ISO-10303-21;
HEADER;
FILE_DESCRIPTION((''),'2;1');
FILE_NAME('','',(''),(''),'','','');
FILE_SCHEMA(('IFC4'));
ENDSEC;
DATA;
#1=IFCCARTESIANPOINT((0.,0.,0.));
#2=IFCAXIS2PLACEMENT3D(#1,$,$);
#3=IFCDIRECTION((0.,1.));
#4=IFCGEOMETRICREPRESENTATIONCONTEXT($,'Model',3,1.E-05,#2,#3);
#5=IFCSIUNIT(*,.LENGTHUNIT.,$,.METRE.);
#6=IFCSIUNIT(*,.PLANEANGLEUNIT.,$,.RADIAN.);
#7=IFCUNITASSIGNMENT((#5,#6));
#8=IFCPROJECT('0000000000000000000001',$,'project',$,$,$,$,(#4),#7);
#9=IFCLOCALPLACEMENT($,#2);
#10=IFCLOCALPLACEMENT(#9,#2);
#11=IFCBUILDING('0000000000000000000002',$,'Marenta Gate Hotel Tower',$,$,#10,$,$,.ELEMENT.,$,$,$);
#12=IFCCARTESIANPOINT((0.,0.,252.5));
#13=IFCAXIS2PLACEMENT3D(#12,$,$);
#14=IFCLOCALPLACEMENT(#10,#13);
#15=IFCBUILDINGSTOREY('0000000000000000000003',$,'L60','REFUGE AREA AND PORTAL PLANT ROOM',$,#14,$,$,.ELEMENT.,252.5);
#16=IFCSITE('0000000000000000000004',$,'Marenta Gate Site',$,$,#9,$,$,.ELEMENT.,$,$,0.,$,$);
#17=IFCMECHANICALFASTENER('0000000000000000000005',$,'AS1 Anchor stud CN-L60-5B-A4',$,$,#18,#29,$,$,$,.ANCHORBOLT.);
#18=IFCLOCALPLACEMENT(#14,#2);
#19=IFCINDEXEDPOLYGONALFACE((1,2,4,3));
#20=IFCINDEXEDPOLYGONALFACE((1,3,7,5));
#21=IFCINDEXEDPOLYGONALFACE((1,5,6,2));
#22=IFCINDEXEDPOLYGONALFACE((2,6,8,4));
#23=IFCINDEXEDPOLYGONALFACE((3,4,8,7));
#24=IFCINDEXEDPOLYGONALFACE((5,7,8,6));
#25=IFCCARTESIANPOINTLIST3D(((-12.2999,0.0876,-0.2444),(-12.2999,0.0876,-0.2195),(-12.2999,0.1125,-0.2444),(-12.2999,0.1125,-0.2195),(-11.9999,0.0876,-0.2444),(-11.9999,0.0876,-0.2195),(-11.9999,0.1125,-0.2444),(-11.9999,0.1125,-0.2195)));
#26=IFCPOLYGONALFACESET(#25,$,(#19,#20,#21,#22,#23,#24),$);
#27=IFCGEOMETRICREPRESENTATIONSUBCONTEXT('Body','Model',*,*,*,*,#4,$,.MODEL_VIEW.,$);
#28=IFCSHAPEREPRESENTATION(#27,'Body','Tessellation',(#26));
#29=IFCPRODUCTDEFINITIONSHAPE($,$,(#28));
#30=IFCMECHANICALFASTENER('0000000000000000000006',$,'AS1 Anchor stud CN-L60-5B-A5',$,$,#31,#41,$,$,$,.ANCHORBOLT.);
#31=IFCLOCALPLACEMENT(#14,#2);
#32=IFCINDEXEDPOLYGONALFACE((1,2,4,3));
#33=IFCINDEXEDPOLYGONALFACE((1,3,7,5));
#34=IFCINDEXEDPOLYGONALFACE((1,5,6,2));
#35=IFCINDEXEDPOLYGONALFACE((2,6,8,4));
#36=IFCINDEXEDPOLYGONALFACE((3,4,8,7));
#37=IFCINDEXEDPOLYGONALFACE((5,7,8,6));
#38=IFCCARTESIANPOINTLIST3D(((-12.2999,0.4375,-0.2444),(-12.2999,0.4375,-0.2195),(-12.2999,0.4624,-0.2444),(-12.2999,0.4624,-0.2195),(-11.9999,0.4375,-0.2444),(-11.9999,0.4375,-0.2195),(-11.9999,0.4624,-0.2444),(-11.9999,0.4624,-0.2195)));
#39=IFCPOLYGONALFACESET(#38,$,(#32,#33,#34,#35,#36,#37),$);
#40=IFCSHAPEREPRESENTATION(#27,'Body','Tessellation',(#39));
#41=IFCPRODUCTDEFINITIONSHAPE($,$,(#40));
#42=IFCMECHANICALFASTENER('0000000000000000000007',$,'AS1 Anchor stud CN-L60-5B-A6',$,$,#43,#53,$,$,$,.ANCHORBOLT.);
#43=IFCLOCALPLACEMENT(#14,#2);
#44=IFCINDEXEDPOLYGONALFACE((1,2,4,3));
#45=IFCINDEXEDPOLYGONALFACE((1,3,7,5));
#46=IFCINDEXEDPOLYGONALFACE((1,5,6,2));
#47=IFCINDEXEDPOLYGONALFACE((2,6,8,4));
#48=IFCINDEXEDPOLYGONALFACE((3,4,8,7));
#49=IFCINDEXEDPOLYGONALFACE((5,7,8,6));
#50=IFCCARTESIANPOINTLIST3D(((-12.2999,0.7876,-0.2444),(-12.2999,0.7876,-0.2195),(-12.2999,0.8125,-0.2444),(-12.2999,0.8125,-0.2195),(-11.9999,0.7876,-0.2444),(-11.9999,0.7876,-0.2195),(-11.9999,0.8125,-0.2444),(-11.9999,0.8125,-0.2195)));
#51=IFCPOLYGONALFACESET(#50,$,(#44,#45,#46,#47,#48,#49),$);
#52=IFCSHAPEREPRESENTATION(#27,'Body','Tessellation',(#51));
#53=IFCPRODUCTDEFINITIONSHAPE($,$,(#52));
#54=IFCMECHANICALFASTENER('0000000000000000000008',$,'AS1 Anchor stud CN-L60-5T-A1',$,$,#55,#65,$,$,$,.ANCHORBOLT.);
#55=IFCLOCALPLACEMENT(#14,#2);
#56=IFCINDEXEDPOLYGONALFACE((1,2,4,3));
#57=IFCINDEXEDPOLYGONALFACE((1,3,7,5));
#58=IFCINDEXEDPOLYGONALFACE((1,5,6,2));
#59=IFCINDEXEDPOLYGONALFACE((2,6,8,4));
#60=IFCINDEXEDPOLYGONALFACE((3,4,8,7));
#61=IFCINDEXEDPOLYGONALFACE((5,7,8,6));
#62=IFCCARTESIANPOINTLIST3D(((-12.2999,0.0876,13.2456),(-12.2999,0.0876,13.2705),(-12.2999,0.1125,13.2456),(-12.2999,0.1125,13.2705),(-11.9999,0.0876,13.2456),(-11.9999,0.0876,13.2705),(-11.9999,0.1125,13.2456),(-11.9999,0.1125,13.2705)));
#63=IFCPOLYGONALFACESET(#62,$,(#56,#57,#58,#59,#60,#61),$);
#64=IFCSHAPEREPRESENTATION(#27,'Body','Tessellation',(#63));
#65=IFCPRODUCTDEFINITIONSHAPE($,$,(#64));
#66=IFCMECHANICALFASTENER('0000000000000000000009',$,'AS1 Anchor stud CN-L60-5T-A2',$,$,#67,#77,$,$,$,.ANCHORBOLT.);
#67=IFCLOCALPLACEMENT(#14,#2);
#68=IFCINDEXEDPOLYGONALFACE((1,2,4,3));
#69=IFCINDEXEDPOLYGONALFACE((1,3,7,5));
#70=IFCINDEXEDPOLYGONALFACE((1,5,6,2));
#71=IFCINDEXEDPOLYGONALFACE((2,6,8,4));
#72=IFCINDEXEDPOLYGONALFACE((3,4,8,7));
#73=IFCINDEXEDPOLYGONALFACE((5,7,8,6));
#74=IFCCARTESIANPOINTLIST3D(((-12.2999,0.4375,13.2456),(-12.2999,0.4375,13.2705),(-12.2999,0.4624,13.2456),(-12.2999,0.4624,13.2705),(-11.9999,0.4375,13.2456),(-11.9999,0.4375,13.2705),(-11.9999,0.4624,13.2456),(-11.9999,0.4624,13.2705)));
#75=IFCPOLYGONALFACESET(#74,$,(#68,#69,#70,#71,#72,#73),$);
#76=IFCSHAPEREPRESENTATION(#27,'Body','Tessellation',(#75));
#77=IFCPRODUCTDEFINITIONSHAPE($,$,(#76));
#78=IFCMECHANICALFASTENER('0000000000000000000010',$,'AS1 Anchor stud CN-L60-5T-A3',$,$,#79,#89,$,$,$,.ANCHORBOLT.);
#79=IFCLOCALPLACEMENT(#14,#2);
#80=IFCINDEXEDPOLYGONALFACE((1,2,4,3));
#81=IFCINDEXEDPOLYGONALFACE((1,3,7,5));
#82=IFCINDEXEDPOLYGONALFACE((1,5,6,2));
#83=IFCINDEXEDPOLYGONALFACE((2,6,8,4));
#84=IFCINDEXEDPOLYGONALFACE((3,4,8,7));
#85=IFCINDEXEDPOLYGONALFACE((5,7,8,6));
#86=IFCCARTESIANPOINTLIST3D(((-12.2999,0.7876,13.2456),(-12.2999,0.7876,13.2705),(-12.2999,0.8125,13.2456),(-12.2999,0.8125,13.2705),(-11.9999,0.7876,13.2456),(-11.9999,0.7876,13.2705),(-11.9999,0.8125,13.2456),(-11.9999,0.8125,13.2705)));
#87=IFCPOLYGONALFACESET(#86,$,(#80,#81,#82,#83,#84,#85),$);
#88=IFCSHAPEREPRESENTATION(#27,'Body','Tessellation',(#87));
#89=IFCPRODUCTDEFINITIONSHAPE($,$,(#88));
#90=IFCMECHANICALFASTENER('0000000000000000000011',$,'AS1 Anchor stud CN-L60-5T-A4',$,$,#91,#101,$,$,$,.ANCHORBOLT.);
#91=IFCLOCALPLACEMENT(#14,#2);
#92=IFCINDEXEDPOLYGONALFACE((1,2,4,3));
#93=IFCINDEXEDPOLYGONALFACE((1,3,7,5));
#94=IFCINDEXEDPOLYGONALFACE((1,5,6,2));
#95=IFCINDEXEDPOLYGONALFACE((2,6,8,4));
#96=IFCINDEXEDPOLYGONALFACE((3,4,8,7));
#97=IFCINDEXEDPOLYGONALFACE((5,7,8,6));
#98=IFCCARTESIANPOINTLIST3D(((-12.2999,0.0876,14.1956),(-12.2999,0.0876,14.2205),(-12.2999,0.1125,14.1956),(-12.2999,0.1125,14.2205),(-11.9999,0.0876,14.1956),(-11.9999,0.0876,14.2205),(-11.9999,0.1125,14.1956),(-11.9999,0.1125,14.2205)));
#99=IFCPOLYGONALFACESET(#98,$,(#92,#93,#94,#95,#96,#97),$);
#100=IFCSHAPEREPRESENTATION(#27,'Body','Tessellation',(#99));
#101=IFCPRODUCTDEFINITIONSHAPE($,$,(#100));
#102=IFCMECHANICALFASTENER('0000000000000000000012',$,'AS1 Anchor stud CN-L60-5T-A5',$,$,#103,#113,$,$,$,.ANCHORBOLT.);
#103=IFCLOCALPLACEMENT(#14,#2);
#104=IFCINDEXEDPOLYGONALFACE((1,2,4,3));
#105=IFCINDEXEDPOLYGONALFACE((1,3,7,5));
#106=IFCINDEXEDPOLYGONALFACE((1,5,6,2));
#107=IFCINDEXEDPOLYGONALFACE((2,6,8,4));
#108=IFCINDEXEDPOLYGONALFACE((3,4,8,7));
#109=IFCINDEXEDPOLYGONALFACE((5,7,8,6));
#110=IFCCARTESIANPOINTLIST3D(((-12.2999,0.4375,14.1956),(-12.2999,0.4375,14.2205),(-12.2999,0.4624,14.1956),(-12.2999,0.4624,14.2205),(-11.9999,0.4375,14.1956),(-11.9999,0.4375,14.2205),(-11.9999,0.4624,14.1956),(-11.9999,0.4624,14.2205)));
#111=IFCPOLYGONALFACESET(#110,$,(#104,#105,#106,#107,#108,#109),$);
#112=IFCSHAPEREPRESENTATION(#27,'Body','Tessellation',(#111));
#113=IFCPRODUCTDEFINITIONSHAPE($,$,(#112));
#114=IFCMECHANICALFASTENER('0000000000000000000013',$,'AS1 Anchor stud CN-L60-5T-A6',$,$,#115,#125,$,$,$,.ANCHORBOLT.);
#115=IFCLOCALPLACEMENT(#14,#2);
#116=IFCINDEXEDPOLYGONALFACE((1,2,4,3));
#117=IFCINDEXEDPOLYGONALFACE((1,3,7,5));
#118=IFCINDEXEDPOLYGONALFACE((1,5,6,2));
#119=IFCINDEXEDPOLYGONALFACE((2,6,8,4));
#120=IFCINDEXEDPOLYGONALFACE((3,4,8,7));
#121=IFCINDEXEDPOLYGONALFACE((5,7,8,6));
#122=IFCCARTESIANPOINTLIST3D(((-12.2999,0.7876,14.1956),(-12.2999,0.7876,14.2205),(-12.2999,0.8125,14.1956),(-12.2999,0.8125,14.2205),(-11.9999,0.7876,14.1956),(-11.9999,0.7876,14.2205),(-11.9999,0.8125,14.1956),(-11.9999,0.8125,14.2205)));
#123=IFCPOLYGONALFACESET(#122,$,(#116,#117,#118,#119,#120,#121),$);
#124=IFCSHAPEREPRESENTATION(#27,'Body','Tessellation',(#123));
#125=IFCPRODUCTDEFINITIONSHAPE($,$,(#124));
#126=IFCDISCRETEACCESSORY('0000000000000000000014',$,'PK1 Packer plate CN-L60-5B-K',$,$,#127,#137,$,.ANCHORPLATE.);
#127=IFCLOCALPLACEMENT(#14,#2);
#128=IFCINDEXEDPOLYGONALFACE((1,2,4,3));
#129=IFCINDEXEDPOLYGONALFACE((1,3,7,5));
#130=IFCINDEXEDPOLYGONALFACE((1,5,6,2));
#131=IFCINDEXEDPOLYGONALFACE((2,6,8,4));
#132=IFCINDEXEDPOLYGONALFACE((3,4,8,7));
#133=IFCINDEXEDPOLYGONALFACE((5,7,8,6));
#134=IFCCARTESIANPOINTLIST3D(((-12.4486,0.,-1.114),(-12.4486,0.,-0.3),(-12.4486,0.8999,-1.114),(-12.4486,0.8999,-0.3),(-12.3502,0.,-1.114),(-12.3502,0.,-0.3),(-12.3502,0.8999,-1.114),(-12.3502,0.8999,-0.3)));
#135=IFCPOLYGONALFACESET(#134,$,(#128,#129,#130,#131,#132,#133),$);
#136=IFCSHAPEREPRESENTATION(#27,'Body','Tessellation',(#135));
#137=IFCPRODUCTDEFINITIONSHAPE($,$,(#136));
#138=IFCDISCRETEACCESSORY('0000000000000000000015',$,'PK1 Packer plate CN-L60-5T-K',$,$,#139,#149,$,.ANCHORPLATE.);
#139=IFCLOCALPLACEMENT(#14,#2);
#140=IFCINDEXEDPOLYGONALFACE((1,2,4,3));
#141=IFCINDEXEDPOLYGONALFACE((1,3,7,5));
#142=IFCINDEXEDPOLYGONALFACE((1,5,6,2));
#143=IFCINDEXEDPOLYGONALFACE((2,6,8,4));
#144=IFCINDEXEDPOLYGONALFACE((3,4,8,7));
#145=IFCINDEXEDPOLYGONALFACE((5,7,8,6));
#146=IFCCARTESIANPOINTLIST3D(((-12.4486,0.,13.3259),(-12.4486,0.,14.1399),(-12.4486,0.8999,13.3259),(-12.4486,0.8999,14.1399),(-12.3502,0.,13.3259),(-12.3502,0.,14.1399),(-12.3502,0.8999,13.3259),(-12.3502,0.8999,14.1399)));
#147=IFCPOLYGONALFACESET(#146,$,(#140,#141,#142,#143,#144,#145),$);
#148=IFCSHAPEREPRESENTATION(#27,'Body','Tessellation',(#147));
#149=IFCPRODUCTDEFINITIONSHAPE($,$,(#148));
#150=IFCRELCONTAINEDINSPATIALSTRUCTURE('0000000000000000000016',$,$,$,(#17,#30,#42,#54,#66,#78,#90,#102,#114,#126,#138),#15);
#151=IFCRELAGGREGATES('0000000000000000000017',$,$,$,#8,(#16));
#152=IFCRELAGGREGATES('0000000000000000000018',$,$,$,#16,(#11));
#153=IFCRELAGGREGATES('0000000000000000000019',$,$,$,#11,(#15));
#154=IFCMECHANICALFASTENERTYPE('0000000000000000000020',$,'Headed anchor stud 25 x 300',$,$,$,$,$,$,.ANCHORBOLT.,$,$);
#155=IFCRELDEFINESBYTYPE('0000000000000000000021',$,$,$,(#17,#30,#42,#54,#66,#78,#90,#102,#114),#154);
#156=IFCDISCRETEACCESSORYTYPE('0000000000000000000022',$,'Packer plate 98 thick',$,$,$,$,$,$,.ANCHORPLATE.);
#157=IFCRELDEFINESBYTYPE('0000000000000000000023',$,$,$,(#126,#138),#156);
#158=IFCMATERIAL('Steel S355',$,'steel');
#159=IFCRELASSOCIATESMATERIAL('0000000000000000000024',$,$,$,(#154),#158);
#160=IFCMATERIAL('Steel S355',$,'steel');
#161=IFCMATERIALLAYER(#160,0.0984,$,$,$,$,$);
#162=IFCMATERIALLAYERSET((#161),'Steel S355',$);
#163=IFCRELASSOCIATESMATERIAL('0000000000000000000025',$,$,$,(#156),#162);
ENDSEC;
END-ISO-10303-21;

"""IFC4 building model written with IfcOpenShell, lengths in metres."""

from ifc_helpers import new_model, si_unit, direction, frame, origin, origin_2d, place, context, subcontext, project, spatial, rectangle, extrude, material, layer, layer_set, type_object, element, save


model = new_model("IFC4")

# Units and contexts
model_context = context("Model", 3, precision=1e-05, world=origin(), true_north=direction((0.0, 1.0)))
body_context = subcontext(model_context, "Body", "Model", "MODEL_VIEW")
ifc_project = project(units=[si_unit("LENGTHUNIT", "METRE"), si_unit("PLANEANGLEUNIT", "RADIAN")], contexts=[model_context])

# Site, building, storey
site_placement = place(None, origin())
site = spatial("IfcSite", under=ifc_project, at=site_placement, Name="Marenta Gate Site", CompositionType="ELEMENT", RefElevation=0.0)
building_placement = place(site_placement, origin())
building = spatial("IfcBuilding", under=site, at=building_placement, Name="Marenta Gate Hotel Tower", CompositionType="ELEMENT")
storey_placement = place(building_placement, frame((0.0, 0.0, 252.5)))
storey = spatial("IfcBuildingStorey", under=building, at=storey_placement, Name="L60", Description="REFUGE AREA AND PORTAL PLANT ROOM", CompositionType="ELEMENT", Elevation=252.5)

# Mechanical fasteners
ifc_material_1 = material(Name="Steel S355", Category="steel")
mechanical_fastener_type = type_object("IfcMechanicalFastenerType", Name="Headed anchor stud 25 x 300", PredefinedType="ANCHORBOLT", material=ifc_material_1)
for number, where, z_axis, x_axis, name in (
    (1, (-12.1499, 0.1001, -0.2444), (0.0, 0.0, 1.0), (1.0, 0.0, 0.0), "AS1 Anchor stud CN-L60-5B-A4"),
    (2, (-12.1499, 0.45, -0.2444), (0.0, 0.0, 1.0), (1.0, 0.0, 0.0), "AS1 Anchor stud CN-L60-5B-A5"),
    (3, (-12.1499, 0.8, -0.2444), (0.0, 0.0, 1.0), (1.0, 0.0, 0.0), "AS1 Anchor stud CN-L60-5B-A6"),
    (4, (-12.1499, 0.1001, 13.2456), (0.0, 0.0, 1.0), (1.0, 0.0, 0.0), "AS1 Anchor stud CN-L60-5T-A1"),
    (5, (-12.1499, 0.45, 13.2456), (0.0, 0.0, 1.0), (1.0, 0.0, 0.0), "AS1 Anchor stud CN-L60-5T-A2"),
    (6, (-12.1499, 0.8, 13.2456), (0.0, 0.0, 1.0), (1.0, 0.0, 0.0), "AS1 Anchor stud CN-L60-5T-A3"),
    (7, (-12.1499, 0.1001, 14.1956), (0.0, 0.0, 1.0), (1.0, 0.0, 0.0), "AS1 Anchor stud CN-L60-5T-A4"),
    (8, (-12.1499, 0.45, 14.1956), (0.0, 0.0, 1.0), (1.0, 0.0, 0.0), "AS1 Anchor stud CN-L60-5T-A5"),
    (9, (-12.1499, 0.8, 14.1956), (0.0, 0.0, 1.0), (1.0, 0.0, 0.0), "AS1 Anchor stud CN-L60-5T-A6"),
):
    element("IfcMechanicalFastener", number, at=place(storey_placement, frame(where, z_axis=z_axis, x_axis=x_axis)), inside=storey, type_object=mechanical_fastener_type, Name=name, PredefinedType="ANCHORBOLT", context=body_context, shape_type="SweptSolid", body=[
        extrude(rectangle(XDim=0.3, YDim=0.0249, at=origin_2d()), origin(), (0.0, 0.0, 1.0), 0.0249),
    ])

# Discrete accessories
ifc_material_2 = material(Name="Steel S355", Category="steel")
ifc_layer_1 = layer(ifc_material_2, 0.0984)
ifc_layer_set_1 = layer_set([ifc_layer_1], Name="Steel S355")
discrete_accessory_type_1 = type_object("IfcDiscreteAccessoryType", Name="Packer plate 98 thick", PredefinedType="ANCHORPLATE", material=ifc_layer_set_1)
for number, where, z_axis, x_axis, name in (
    (10, (-12.3994, 0.45, -1.114), (0.0, 0.0, 1.0), (1.0, 0.0, 0.0), "PK1 Packer plate CN-L60-5B-K"),
    (11, (-12.3994, 0.45, 13.3259), (0.0, 0.0, 1.0), (1.0, 0.0, 0.0), "PK1 Packer plate CN-L60-5T-K"),
):
    element("IfcDiscreteAccessory", number, at=place(storey_placement, frame(where, z_axis=z_axis, x_axis=x_axis)), inside=storey, type_object=discrete_accessory_type_1, Name=name, PredefinedType="ANCHORPLATE", context=body_context, shape_type="SweptSolid", body=[
        extrude(rectangle(XDim=0.0984, YDim=0.8999, at=origin_2d()), origin(), (0.0, 0.0, 1.0), 0.814),
    ])

save(model, "model.ifc")
